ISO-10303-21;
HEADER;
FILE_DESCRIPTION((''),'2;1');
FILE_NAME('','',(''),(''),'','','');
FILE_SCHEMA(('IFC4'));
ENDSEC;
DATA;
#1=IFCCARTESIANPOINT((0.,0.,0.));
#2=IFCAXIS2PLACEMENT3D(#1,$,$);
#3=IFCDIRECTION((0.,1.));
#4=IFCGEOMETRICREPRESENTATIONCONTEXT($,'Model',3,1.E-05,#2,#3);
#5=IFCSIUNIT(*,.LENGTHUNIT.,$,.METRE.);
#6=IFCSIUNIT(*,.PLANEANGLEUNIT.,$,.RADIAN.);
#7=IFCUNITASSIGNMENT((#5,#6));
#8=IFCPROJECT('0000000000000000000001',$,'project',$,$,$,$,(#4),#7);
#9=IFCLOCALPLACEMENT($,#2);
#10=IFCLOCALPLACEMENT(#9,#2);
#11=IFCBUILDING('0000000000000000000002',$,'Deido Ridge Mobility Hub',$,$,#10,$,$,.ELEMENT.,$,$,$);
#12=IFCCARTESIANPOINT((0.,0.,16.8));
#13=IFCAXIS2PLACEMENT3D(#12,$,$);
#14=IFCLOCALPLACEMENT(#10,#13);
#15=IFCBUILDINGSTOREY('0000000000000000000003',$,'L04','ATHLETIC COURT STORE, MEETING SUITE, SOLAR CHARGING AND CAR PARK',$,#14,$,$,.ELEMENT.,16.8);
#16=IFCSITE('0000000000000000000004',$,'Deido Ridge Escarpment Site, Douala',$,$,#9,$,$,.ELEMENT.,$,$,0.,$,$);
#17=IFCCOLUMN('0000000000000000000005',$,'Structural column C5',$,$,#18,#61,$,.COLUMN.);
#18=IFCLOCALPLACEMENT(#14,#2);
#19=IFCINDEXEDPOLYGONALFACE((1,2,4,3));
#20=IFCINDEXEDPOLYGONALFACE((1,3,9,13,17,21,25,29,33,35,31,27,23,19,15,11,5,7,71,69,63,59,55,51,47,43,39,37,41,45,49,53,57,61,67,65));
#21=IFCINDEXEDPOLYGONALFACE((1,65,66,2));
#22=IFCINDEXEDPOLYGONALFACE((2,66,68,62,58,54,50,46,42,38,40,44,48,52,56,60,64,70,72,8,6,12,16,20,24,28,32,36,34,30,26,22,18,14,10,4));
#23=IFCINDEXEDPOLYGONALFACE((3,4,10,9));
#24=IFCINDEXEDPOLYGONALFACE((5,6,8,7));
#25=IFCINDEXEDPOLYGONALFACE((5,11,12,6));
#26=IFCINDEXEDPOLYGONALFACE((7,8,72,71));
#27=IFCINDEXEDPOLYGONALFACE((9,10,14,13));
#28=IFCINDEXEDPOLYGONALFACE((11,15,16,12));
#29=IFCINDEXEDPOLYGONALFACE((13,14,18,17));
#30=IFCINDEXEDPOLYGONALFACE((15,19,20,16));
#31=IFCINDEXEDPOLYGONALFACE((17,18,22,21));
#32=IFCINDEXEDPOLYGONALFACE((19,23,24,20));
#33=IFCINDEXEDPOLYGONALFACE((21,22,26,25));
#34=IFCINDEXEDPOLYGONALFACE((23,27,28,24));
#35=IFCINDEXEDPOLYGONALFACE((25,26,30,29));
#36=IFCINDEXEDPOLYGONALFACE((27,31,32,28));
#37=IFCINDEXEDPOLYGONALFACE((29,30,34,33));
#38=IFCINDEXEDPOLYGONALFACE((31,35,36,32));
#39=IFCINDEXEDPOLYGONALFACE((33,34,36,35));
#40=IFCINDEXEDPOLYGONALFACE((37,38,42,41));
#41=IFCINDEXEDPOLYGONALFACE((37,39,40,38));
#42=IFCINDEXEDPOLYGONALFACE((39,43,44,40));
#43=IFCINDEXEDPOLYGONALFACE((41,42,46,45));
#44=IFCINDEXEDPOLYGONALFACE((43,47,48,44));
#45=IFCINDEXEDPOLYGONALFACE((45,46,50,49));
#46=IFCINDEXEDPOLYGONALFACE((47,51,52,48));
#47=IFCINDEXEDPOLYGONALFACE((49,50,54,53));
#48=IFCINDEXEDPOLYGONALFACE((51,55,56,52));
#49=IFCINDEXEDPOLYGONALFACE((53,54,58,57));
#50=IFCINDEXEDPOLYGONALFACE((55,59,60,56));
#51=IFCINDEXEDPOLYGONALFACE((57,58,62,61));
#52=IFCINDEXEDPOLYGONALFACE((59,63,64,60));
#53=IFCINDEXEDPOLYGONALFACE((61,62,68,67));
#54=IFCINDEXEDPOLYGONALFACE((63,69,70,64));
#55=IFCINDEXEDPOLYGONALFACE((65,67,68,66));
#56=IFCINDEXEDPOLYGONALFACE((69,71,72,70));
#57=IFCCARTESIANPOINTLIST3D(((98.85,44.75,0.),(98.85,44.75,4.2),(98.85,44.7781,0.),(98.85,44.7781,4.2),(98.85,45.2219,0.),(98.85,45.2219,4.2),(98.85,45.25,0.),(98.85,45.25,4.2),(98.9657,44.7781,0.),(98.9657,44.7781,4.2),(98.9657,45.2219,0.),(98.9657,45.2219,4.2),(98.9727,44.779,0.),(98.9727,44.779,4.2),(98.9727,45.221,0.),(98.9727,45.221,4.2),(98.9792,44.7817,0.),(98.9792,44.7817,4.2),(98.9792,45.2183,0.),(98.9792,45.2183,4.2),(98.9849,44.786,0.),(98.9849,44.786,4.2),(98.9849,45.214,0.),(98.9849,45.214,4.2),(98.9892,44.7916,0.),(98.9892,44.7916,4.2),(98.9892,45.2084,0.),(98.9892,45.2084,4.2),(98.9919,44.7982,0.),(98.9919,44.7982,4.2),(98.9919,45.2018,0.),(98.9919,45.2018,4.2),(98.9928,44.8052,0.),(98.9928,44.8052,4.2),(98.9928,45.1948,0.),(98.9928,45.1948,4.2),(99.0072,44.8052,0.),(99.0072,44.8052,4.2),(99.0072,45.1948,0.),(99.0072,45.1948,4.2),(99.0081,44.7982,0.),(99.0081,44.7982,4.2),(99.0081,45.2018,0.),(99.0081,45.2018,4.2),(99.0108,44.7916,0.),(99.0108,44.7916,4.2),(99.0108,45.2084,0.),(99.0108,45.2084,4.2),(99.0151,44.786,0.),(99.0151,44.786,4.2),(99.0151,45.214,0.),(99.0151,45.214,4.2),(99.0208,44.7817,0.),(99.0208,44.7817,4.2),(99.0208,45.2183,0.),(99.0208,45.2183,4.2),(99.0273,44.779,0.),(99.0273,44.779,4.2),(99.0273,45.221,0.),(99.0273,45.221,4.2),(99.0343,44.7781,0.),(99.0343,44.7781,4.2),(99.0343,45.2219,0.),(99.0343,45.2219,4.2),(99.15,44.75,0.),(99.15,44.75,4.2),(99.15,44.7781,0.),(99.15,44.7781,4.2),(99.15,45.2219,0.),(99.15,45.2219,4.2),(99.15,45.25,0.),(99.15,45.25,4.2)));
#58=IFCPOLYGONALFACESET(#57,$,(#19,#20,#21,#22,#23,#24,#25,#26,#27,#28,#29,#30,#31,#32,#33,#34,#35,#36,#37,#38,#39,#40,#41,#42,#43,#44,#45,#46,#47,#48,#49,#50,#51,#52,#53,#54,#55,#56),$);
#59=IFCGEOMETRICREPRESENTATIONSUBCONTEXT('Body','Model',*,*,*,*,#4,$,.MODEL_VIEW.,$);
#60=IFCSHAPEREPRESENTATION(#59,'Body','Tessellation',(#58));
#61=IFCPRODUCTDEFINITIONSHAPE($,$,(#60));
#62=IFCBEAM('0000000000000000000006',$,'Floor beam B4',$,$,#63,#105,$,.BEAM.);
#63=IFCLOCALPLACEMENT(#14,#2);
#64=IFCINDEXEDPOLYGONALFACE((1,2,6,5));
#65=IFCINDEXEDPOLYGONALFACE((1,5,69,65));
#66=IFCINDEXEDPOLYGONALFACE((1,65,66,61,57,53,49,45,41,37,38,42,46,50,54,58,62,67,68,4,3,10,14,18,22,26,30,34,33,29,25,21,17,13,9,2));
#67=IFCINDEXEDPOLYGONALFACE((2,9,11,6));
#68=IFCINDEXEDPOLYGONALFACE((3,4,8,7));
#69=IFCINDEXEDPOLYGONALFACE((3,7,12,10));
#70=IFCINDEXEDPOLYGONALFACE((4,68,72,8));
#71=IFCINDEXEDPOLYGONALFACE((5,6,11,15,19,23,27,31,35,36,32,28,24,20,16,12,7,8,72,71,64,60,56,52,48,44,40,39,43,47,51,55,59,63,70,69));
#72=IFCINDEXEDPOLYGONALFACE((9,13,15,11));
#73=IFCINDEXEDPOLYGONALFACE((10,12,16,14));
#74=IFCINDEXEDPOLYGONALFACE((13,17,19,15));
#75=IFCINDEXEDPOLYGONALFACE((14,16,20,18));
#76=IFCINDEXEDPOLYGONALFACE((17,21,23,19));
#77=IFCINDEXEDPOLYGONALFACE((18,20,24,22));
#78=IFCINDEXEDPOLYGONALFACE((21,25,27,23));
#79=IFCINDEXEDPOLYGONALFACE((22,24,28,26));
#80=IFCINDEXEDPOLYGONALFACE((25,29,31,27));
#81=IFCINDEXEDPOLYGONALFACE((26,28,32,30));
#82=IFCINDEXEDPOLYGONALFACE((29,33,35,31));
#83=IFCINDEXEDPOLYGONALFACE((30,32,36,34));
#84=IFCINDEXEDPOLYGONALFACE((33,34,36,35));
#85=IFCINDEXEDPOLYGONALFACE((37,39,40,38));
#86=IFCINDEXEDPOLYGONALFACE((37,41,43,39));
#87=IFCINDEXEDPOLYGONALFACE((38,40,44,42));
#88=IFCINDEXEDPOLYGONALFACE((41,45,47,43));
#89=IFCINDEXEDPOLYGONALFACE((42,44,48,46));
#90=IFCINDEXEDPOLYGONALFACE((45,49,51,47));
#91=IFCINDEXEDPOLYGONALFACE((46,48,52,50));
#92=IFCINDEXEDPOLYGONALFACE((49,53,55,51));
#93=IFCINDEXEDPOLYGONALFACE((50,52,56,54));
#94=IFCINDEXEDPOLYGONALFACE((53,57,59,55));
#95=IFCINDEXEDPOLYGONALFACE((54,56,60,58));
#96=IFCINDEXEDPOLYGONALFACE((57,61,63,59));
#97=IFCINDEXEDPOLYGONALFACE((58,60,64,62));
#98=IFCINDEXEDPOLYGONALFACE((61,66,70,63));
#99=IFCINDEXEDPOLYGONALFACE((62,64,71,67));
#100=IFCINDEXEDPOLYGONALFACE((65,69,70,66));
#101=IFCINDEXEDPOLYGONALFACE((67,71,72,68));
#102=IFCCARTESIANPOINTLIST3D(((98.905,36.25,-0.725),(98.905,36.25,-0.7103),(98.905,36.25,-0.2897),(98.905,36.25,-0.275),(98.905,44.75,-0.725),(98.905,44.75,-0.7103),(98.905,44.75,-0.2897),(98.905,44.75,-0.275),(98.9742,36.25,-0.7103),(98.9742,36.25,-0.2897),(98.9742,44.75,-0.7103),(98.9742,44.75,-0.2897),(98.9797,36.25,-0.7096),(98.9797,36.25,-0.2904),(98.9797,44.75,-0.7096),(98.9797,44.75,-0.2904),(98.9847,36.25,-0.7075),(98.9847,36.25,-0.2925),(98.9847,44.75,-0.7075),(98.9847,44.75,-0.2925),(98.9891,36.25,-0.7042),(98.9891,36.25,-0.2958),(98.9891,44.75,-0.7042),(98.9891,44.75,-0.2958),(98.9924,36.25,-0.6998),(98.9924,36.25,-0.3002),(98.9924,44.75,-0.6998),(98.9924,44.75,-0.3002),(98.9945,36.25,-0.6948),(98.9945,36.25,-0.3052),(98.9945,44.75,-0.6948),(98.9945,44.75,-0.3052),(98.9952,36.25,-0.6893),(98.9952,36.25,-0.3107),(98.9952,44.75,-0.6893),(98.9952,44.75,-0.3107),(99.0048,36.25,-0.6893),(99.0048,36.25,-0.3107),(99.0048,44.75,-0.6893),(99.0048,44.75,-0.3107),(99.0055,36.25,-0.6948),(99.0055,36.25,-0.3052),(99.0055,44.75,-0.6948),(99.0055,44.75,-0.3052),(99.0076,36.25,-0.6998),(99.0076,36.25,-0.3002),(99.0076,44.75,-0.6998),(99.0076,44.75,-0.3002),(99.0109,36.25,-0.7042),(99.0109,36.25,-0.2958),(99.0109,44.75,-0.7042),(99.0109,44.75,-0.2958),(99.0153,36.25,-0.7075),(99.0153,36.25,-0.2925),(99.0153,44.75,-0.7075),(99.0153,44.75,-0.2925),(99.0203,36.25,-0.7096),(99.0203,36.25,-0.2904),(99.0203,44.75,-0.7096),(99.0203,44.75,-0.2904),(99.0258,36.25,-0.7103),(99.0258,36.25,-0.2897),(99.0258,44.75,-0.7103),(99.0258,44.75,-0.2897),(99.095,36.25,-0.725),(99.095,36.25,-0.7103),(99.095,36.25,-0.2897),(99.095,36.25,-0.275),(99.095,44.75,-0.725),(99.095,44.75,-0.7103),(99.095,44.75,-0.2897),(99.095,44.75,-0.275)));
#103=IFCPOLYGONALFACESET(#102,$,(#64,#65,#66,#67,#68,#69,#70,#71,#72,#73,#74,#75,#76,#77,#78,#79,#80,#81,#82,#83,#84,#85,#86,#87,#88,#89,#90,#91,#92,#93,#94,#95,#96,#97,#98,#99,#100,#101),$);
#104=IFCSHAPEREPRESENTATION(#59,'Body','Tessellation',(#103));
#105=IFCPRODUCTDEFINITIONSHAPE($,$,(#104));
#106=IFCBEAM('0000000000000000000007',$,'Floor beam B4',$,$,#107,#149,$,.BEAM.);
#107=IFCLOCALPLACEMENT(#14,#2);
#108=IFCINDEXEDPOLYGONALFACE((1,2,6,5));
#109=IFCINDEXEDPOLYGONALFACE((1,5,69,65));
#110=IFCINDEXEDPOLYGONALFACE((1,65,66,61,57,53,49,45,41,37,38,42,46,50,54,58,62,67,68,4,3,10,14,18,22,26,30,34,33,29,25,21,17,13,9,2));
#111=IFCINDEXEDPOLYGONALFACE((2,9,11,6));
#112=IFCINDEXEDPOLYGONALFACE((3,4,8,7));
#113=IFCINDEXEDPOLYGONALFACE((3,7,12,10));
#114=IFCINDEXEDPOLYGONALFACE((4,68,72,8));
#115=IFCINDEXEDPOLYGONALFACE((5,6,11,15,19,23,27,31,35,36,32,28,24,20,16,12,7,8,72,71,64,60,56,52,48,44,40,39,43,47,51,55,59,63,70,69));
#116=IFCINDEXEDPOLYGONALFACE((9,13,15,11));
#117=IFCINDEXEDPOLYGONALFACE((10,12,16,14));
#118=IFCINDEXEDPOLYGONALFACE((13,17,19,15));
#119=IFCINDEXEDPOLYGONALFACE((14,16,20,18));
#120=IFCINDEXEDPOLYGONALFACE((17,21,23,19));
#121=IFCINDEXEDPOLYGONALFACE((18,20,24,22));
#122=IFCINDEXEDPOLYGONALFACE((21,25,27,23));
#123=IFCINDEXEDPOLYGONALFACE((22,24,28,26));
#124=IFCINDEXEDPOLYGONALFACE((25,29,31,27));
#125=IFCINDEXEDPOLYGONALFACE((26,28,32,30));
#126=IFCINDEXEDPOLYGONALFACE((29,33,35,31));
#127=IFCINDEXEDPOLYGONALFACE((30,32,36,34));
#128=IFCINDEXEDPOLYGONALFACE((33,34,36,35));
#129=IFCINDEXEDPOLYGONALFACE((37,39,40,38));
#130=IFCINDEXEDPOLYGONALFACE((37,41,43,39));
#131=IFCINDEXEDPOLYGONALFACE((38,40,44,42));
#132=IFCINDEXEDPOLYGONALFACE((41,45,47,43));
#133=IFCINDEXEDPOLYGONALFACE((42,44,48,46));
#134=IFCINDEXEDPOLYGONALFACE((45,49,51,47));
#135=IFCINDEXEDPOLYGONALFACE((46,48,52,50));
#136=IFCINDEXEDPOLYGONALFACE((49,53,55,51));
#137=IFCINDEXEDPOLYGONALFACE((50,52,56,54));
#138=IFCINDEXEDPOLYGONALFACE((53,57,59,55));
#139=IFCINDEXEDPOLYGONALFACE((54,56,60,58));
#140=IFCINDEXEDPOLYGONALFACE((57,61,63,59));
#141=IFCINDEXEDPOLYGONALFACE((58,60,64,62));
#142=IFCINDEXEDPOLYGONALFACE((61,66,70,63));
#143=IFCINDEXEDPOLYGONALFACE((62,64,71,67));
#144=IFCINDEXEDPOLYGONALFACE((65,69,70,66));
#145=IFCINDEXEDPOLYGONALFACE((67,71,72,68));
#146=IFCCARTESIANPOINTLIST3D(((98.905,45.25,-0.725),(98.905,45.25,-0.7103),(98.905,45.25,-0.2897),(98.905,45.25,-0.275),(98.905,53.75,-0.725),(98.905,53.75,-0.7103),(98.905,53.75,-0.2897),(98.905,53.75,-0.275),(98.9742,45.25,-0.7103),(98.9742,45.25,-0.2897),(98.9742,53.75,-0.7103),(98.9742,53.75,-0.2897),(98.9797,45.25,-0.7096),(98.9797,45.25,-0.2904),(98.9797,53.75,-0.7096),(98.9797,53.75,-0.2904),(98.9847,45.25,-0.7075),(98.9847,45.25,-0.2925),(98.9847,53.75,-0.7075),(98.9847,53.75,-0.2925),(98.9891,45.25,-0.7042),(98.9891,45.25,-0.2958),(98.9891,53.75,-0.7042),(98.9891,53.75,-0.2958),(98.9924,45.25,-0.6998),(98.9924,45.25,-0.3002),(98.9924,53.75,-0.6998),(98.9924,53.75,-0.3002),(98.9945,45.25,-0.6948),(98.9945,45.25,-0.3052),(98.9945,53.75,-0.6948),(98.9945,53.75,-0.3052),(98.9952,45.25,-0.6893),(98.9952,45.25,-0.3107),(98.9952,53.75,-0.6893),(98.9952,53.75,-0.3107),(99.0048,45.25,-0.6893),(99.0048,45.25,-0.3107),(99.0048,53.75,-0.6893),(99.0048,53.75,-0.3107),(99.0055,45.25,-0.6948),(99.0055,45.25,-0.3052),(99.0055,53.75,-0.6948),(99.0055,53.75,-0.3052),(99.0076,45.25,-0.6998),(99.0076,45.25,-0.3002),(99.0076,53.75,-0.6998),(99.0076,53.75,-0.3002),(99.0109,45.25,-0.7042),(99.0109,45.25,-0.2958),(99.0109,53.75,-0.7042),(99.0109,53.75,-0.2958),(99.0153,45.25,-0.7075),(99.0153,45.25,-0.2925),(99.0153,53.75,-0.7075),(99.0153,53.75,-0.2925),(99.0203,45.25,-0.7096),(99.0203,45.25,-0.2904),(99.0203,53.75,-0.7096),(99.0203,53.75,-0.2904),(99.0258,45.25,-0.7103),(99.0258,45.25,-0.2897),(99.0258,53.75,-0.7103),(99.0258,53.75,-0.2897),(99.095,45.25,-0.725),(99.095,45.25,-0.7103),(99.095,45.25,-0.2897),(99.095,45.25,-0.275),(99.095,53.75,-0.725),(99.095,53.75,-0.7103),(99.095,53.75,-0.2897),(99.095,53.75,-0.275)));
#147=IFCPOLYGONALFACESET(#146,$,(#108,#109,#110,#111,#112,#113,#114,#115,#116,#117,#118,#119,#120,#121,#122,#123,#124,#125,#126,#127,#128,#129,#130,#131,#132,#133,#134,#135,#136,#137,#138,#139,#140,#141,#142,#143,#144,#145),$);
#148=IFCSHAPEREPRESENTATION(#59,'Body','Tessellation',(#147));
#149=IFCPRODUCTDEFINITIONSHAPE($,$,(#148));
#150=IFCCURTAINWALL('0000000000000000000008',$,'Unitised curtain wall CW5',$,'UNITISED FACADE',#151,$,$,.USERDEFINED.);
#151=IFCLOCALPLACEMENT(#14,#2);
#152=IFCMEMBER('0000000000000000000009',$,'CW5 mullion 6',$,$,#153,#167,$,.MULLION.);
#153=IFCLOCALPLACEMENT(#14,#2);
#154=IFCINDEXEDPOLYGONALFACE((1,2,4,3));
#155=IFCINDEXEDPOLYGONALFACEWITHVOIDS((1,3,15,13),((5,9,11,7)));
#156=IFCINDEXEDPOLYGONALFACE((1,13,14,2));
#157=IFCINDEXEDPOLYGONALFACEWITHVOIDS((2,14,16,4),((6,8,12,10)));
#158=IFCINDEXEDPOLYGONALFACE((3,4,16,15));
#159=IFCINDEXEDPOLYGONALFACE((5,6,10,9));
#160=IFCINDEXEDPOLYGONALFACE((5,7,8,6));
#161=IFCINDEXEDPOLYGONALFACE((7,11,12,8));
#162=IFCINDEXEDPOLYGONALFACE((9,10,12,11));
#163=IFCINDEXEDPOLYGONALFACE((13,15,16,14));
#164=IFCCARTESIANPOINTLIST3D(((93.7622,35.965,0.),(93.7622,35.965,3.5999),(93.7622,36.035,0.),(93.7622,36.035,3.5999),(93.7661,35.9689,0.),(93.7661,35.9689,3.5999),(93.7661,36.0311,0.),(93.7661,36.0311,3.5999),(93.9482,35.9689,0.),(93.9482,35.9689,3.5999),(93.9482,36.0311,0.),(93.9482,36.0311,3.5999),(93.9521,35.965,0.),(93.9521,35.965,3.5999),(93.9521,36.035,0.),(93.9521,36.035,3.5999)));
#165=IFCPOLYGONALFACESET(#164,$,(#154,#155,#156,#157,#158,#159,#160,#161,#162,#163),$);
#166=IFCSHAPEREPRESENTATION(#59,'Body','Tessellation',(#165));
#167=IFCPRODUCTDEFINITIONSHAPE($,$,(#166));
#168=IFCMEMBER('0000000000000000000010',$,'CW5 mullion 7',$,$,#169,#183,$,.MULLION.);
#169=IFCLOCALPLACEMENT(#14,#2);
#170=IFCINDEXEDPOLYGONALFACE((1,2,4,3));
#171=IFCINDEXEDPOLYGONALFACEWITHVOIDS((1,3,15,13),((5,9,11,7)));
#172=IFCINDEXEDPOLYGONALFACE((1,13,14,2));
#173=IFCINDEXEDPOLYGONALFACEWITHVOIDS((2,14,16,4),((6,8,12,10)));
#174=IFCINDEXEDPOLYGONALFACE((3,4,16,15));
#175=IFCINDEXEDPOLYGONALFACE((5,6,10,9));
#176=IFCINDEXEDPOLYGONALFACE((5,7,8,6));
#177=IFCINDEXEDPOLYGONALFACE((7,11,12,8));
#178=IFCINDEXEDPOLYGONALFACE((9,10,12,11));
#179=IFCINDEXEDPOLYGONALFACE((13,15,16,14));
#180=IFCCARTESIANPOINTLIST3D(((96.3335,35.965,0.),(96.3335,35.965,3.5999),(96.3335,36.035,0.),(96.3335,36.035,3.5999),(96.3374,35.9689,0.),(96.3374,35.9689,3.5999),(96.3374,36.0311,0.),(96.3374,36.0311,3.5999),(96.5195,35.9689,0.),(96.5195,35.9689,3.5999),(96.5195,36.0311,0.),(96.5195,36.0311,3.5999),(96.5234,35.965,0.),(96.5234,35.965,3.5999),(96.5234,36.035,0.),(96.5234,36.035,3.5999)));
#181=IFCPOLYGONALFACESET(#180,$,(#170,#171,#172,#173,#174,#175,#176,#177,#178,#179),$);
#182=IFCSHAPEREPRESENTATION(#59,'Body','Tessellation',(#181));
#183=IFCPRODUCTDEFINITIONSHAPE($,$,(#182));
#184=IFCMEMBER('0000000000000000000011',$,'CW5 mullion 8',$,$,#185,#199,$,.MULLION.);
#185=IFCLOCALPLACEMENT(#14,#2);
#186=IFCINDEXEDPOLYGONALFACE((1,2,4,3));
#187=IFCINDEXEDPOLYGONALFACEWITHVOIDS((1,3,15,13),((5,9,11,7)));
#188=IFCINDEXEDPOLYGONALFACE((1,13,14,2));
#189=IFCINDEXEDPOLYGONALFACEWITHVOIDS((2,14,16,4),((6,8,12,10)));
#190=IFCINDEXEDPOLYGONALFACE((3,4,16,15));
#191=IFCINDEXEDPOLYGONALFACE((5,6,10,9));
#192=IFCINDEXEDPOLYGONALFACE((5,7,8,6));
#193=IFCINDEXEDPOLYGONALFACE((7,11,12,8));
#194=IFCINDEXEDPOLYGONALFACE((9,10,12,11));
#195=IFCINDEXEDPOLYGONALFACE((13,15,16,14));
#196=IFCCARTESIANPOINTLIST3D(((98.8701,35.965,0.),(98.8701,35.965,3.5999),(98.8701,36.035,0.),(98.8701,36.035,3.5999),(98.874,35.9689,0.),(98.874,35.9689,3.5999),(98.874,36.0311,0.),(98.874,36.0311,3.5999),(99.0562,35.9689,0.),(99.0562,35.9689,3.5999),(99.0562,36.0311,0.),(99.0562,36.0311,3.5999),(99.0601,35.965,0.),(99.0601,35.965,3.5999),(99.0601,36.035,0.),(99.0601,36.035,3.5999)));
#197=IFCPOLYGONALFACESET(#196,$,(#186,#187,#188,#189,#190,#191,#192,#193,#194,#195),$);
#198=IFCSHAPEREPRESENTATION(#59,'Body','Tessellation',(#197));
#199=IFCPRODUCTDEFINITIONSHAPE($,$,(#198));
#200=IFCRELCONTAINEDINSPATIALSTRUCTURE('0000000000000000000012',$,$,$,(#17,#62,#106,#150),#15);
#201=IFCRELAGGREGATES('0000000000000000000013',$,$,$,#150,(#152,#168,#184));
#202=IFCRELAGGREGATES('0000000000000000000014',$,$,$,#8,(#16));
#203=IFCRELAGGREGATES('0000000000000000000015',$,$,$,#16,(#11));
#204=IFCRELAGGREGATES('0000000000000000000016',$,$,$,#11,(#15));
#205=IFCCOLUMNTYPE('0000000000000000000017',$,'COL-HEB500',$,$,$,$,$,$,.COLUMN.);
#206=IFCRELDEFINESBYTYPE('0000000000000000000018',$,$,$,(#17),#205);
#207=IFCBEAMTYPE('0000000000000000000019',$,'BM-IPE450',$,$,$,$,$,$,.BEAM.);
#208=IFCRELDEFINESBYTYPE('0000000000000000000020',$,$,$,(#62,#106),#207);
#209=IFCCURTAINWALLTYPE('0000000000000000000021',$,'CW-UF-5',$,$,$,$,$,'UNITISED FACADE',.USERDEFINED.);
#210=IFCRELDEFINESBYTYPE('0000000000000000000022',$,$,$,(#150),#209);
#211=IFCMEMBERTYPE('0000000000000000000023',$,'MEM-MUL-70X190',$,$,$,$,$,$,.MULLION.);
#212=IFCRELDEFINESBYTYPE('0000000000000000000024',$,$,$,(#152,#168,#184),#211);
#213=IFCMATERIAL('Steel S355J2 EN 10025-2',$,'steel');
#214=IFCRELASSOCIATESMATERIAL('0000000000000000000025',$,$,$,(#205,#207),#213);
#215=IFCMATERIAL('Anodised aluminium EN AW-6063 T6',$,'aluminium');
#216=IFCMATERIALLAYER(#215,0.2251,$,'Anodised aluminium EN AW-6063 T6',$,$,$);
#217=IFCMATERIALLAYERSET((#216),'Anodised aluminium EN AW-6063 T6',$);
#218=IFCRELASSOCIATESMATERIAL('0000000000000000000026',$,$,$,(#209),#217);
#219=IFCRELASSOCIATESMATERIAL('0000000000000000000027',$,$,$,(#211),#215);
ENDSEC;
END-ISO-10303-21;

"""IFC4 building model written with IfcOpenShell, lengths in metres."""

from ifc_helpers import new_model, si_unit, direction, frame, origin, origin_2d, place, context, subcontext, project, spatial, hollow_rectangle, i_section, extrude, material, layer, layer_set, material_profile, profile_set, type_object, element, aggregate, save


model = new_model("IFC4")

# Units and contexts
model_context = context("Model", 3, precision=1e-05, world=origin(), true_north=direction((0.0, 1.0)))
body_context = subcontext(model_context, "Body", "Model", "MODEL_VIEW")
ifc_project = project(units=[si_unit("LENGTHUNIT", "METRE"), si_unit("PLANEANGLEUNIT", "RADIAN")], contexts=[model_context])

# Site, building, storey
site_placement = place(None, origin())
site = spatial("IfcSite", under=ifc_project, at=site_placement, Name="Deido Ridge Escarpment Site, Douala", CompositionType="ELEMENT", RefElevation=0.0)
building_placement = place(site_placement, origin())
building = spatial("IfcBuilding", under=site, at=building_placement, Name="Deido Ridge Mobility Hub", CompositionType="ELEMENT")
storey_placement = place(building_placement, frame((0.0, 0.0, 16.8)))
storey = spatial("IfcBuildingStorey", under=building, at=storey_placement, Name="L04", Description="ATHLETIC COURT STORE, MEETING SUITE, SOLAR CHARGING AND CAR PARK", CompositionType="ELEMENT", Elevation=16.8)

# Column
ifc_material_1 = material(Name="Steel S355J2 EN 10025-2", Category="steel")
ifc_material_profile_1 = material_profile(ifc_material_1, i_section(OverallWidth=0.3, OverallDepth=0.5, WebThickness=0.0144, FlangeThickness=0.0281, FilletRadius=0.0271, at=origin_2d()), Name="HEB 500")
ifc_profile_set_1 = profile_set([ifc_material_profile_1], Name="Steel S355J2 EN 10025-2")
column_type = type_object("IfcColumnType", Name="COL-HEB500", PredefinedType="COLUMN", material=ifc_profile_set_1)
column_placement = place(storey_placement, frame((99.0, 45.0, 0.0), z_axis=(0.0, 0.0, 1.0), x_axis=(1.0, 0.0, 0.0)))
element("IfcColumn", 1, at=column_placement, inside=storey, type_object=column_type, Name="Structural column C5", PredefinedType="COLUMN", context=body_context, shape_type="SweptSolid", body=[
    extrude(i_section(OverallWidth=0.3, OverallDepth=0.5, WebThickness=0.0144, FlangeThickness=0.0281, FilletRadius=0.0271, at=origin_2d()), origin(), (0.0, 0.0, 1.0), 4.2),
])

# Beams
ifc_material_profile_2 = material_profile(ifc_material_1, i_section(OverallWidth=0.1899, OverallDepth=0.45, WebThickness=0.0095, FlangeThickness=0.0146, FilletRadius=0.021, at=origin_2d()), Name="IPE 450")
ifc_profile_set_2 = profile_set([ifc_material_profile_2], Name="Steel S355J2 EN 10025-2")
beam_type_1 = type_object("IfcBeamType", Name="BM-IPE450", PredefinedType="BEAM", material=ifc_profile_set_2)
for number, where, z_axis, x_axis, name in (
    (2, (99.0, 36.25, -0.5), (0.0, 1.0, 0.0), (-1.0, 0.0, 0.0), "Floor beam B4"),
    (3, (99.0, 45.25, -0.5), (0.0, 1.0, 0.0), (-1.0, 0.0, 0.0), "Floor beam B4"),
):
    element("IfcBeam", number, at=place(storey_placement, frame(where, z_axis=z_axis, x_axis=x_axis)), inside=storey, type_object=beam_type_1, Name=name, PredefinedType="BEAM", context=body_context, shape_type="SweptSolid", body=[
        extrude(i_section(OverallWidth=0.1899, OverallDepth=0.45, WebThickness=0.0095, FlangeThickness=0.0146, FilletRadius=0.021, at=origin_2d()), origin(), (0.0, 0.0, 1.0), 8.5),
    ])

# Curtain wall, members
ifc_material_2 = material(Name="Anodised aluminium EN AW-6063 T6", Category="aluminium")
ifc_layer_1 = layer(ifc_material_2, 0.2251, Name="Anodised aluminium EN AW-6063 T6")
ifc_layer_set_1 = layer_set([ifc_layer_1], Name="Anodised aluminium EN AW-6063 T6")
curtain_wall_type = type_object("IfcCurtainWallType", Name="CW-UF-5", ElementType="UNITISED FACADE", PredefinedType="USERDEFINED", material=ifc_layer_set_1)
curtain_wall_1_placement = place(storey_placement, origin())
curtain_wall_1 = element("IfcCurtainWall", 4, at=curtain_wall_1_placement, inside=storey, type_object=curtain_wall_type, Name="Unitised curtain wall CW5", ObjectType="UNITISED FACADE", PredefinedType="USERDEFINED")
ifc_material_profile_3 = material_profile(ifc_material_2, hollow_rectangle(XDim=0.0701, YDim=0.1899, WallThickness=0.0039, at=origin_2d()), Name="RHS 70x190x4")
ifc_profile_set_3 = profile_set([ifc_material_profile_3], Name="Anodised aluminium EN AW-6063 T6")
member_type_1 = type_object("IfcMemberType", Name="MEM-MUL-70X190", PredefinedType="MULLION", material=ifc_profile_set_3)
member_1_placement = place(storey_placement, frame((93.8572, 36.0, 0.0), z_axis=(0.0, 0.0, 1.0), x_axis=(0.0, 1.0, 0.0)))
member_1 = element("IfcMember", 5, at=member_1_placement, type_object=member_type_1, Name="CW5 mullion 6", PredefinedType="MULLION", context=body_context, shape_type="SweptSolid", body=[
    extrude(hollow_rectangle(XDim=0.0701, YDim=0.1899, WallThickness=0.0039, at=origin_2d()), origin(), (0.0, 0.0, 1.0), 3.5999),
])
member_2_placement = place(storey_placement, frame((96.4285, 36.0, 0.0), z_axis=(0.0, 0.0, 1.0), x_axis=(0.0, 1.0, 0.0)))
member_2 = element("IfcMember", 6, at=member_2_placement, type_object=member_type_1, Name="CW5 mullion 7", PredefinedType="MULLION", context=body_context, shape_type="SweptSolid", body=[
    extrude(hollow_rectangle(XDim=0.0701, YDim=0.1899, WallThickness=0.0039, at=origin_2d()), origin(), (0.0, 0.0, 1.0), 3.5999),
])
member_3_placement = place(storey_placement, frame((98.9651, 36.0, 0.0), z_axis=(0.0, 0.0, 1.0), x_axis=(0.0, 1.0, 0.0)))
member_3 = element("IfcMember", 7, at=member_3_placement, type_object=member_type_1, Name="CW5 mullion 8", PredefinedType="MULLION", context=body_context, shape_type="SweptSolid", body=[
    extrude(hollow_rectangle(XDim=0.0701, YDim=0.1899, WallThickness=0.0039, at=origin_2d()), origin(), (0.0, 0.0, 1.0), 3.5999),
])

aggregate(curtain_wall_1, [member_1, member_2, member_3])

save(model, "model.ifc")
